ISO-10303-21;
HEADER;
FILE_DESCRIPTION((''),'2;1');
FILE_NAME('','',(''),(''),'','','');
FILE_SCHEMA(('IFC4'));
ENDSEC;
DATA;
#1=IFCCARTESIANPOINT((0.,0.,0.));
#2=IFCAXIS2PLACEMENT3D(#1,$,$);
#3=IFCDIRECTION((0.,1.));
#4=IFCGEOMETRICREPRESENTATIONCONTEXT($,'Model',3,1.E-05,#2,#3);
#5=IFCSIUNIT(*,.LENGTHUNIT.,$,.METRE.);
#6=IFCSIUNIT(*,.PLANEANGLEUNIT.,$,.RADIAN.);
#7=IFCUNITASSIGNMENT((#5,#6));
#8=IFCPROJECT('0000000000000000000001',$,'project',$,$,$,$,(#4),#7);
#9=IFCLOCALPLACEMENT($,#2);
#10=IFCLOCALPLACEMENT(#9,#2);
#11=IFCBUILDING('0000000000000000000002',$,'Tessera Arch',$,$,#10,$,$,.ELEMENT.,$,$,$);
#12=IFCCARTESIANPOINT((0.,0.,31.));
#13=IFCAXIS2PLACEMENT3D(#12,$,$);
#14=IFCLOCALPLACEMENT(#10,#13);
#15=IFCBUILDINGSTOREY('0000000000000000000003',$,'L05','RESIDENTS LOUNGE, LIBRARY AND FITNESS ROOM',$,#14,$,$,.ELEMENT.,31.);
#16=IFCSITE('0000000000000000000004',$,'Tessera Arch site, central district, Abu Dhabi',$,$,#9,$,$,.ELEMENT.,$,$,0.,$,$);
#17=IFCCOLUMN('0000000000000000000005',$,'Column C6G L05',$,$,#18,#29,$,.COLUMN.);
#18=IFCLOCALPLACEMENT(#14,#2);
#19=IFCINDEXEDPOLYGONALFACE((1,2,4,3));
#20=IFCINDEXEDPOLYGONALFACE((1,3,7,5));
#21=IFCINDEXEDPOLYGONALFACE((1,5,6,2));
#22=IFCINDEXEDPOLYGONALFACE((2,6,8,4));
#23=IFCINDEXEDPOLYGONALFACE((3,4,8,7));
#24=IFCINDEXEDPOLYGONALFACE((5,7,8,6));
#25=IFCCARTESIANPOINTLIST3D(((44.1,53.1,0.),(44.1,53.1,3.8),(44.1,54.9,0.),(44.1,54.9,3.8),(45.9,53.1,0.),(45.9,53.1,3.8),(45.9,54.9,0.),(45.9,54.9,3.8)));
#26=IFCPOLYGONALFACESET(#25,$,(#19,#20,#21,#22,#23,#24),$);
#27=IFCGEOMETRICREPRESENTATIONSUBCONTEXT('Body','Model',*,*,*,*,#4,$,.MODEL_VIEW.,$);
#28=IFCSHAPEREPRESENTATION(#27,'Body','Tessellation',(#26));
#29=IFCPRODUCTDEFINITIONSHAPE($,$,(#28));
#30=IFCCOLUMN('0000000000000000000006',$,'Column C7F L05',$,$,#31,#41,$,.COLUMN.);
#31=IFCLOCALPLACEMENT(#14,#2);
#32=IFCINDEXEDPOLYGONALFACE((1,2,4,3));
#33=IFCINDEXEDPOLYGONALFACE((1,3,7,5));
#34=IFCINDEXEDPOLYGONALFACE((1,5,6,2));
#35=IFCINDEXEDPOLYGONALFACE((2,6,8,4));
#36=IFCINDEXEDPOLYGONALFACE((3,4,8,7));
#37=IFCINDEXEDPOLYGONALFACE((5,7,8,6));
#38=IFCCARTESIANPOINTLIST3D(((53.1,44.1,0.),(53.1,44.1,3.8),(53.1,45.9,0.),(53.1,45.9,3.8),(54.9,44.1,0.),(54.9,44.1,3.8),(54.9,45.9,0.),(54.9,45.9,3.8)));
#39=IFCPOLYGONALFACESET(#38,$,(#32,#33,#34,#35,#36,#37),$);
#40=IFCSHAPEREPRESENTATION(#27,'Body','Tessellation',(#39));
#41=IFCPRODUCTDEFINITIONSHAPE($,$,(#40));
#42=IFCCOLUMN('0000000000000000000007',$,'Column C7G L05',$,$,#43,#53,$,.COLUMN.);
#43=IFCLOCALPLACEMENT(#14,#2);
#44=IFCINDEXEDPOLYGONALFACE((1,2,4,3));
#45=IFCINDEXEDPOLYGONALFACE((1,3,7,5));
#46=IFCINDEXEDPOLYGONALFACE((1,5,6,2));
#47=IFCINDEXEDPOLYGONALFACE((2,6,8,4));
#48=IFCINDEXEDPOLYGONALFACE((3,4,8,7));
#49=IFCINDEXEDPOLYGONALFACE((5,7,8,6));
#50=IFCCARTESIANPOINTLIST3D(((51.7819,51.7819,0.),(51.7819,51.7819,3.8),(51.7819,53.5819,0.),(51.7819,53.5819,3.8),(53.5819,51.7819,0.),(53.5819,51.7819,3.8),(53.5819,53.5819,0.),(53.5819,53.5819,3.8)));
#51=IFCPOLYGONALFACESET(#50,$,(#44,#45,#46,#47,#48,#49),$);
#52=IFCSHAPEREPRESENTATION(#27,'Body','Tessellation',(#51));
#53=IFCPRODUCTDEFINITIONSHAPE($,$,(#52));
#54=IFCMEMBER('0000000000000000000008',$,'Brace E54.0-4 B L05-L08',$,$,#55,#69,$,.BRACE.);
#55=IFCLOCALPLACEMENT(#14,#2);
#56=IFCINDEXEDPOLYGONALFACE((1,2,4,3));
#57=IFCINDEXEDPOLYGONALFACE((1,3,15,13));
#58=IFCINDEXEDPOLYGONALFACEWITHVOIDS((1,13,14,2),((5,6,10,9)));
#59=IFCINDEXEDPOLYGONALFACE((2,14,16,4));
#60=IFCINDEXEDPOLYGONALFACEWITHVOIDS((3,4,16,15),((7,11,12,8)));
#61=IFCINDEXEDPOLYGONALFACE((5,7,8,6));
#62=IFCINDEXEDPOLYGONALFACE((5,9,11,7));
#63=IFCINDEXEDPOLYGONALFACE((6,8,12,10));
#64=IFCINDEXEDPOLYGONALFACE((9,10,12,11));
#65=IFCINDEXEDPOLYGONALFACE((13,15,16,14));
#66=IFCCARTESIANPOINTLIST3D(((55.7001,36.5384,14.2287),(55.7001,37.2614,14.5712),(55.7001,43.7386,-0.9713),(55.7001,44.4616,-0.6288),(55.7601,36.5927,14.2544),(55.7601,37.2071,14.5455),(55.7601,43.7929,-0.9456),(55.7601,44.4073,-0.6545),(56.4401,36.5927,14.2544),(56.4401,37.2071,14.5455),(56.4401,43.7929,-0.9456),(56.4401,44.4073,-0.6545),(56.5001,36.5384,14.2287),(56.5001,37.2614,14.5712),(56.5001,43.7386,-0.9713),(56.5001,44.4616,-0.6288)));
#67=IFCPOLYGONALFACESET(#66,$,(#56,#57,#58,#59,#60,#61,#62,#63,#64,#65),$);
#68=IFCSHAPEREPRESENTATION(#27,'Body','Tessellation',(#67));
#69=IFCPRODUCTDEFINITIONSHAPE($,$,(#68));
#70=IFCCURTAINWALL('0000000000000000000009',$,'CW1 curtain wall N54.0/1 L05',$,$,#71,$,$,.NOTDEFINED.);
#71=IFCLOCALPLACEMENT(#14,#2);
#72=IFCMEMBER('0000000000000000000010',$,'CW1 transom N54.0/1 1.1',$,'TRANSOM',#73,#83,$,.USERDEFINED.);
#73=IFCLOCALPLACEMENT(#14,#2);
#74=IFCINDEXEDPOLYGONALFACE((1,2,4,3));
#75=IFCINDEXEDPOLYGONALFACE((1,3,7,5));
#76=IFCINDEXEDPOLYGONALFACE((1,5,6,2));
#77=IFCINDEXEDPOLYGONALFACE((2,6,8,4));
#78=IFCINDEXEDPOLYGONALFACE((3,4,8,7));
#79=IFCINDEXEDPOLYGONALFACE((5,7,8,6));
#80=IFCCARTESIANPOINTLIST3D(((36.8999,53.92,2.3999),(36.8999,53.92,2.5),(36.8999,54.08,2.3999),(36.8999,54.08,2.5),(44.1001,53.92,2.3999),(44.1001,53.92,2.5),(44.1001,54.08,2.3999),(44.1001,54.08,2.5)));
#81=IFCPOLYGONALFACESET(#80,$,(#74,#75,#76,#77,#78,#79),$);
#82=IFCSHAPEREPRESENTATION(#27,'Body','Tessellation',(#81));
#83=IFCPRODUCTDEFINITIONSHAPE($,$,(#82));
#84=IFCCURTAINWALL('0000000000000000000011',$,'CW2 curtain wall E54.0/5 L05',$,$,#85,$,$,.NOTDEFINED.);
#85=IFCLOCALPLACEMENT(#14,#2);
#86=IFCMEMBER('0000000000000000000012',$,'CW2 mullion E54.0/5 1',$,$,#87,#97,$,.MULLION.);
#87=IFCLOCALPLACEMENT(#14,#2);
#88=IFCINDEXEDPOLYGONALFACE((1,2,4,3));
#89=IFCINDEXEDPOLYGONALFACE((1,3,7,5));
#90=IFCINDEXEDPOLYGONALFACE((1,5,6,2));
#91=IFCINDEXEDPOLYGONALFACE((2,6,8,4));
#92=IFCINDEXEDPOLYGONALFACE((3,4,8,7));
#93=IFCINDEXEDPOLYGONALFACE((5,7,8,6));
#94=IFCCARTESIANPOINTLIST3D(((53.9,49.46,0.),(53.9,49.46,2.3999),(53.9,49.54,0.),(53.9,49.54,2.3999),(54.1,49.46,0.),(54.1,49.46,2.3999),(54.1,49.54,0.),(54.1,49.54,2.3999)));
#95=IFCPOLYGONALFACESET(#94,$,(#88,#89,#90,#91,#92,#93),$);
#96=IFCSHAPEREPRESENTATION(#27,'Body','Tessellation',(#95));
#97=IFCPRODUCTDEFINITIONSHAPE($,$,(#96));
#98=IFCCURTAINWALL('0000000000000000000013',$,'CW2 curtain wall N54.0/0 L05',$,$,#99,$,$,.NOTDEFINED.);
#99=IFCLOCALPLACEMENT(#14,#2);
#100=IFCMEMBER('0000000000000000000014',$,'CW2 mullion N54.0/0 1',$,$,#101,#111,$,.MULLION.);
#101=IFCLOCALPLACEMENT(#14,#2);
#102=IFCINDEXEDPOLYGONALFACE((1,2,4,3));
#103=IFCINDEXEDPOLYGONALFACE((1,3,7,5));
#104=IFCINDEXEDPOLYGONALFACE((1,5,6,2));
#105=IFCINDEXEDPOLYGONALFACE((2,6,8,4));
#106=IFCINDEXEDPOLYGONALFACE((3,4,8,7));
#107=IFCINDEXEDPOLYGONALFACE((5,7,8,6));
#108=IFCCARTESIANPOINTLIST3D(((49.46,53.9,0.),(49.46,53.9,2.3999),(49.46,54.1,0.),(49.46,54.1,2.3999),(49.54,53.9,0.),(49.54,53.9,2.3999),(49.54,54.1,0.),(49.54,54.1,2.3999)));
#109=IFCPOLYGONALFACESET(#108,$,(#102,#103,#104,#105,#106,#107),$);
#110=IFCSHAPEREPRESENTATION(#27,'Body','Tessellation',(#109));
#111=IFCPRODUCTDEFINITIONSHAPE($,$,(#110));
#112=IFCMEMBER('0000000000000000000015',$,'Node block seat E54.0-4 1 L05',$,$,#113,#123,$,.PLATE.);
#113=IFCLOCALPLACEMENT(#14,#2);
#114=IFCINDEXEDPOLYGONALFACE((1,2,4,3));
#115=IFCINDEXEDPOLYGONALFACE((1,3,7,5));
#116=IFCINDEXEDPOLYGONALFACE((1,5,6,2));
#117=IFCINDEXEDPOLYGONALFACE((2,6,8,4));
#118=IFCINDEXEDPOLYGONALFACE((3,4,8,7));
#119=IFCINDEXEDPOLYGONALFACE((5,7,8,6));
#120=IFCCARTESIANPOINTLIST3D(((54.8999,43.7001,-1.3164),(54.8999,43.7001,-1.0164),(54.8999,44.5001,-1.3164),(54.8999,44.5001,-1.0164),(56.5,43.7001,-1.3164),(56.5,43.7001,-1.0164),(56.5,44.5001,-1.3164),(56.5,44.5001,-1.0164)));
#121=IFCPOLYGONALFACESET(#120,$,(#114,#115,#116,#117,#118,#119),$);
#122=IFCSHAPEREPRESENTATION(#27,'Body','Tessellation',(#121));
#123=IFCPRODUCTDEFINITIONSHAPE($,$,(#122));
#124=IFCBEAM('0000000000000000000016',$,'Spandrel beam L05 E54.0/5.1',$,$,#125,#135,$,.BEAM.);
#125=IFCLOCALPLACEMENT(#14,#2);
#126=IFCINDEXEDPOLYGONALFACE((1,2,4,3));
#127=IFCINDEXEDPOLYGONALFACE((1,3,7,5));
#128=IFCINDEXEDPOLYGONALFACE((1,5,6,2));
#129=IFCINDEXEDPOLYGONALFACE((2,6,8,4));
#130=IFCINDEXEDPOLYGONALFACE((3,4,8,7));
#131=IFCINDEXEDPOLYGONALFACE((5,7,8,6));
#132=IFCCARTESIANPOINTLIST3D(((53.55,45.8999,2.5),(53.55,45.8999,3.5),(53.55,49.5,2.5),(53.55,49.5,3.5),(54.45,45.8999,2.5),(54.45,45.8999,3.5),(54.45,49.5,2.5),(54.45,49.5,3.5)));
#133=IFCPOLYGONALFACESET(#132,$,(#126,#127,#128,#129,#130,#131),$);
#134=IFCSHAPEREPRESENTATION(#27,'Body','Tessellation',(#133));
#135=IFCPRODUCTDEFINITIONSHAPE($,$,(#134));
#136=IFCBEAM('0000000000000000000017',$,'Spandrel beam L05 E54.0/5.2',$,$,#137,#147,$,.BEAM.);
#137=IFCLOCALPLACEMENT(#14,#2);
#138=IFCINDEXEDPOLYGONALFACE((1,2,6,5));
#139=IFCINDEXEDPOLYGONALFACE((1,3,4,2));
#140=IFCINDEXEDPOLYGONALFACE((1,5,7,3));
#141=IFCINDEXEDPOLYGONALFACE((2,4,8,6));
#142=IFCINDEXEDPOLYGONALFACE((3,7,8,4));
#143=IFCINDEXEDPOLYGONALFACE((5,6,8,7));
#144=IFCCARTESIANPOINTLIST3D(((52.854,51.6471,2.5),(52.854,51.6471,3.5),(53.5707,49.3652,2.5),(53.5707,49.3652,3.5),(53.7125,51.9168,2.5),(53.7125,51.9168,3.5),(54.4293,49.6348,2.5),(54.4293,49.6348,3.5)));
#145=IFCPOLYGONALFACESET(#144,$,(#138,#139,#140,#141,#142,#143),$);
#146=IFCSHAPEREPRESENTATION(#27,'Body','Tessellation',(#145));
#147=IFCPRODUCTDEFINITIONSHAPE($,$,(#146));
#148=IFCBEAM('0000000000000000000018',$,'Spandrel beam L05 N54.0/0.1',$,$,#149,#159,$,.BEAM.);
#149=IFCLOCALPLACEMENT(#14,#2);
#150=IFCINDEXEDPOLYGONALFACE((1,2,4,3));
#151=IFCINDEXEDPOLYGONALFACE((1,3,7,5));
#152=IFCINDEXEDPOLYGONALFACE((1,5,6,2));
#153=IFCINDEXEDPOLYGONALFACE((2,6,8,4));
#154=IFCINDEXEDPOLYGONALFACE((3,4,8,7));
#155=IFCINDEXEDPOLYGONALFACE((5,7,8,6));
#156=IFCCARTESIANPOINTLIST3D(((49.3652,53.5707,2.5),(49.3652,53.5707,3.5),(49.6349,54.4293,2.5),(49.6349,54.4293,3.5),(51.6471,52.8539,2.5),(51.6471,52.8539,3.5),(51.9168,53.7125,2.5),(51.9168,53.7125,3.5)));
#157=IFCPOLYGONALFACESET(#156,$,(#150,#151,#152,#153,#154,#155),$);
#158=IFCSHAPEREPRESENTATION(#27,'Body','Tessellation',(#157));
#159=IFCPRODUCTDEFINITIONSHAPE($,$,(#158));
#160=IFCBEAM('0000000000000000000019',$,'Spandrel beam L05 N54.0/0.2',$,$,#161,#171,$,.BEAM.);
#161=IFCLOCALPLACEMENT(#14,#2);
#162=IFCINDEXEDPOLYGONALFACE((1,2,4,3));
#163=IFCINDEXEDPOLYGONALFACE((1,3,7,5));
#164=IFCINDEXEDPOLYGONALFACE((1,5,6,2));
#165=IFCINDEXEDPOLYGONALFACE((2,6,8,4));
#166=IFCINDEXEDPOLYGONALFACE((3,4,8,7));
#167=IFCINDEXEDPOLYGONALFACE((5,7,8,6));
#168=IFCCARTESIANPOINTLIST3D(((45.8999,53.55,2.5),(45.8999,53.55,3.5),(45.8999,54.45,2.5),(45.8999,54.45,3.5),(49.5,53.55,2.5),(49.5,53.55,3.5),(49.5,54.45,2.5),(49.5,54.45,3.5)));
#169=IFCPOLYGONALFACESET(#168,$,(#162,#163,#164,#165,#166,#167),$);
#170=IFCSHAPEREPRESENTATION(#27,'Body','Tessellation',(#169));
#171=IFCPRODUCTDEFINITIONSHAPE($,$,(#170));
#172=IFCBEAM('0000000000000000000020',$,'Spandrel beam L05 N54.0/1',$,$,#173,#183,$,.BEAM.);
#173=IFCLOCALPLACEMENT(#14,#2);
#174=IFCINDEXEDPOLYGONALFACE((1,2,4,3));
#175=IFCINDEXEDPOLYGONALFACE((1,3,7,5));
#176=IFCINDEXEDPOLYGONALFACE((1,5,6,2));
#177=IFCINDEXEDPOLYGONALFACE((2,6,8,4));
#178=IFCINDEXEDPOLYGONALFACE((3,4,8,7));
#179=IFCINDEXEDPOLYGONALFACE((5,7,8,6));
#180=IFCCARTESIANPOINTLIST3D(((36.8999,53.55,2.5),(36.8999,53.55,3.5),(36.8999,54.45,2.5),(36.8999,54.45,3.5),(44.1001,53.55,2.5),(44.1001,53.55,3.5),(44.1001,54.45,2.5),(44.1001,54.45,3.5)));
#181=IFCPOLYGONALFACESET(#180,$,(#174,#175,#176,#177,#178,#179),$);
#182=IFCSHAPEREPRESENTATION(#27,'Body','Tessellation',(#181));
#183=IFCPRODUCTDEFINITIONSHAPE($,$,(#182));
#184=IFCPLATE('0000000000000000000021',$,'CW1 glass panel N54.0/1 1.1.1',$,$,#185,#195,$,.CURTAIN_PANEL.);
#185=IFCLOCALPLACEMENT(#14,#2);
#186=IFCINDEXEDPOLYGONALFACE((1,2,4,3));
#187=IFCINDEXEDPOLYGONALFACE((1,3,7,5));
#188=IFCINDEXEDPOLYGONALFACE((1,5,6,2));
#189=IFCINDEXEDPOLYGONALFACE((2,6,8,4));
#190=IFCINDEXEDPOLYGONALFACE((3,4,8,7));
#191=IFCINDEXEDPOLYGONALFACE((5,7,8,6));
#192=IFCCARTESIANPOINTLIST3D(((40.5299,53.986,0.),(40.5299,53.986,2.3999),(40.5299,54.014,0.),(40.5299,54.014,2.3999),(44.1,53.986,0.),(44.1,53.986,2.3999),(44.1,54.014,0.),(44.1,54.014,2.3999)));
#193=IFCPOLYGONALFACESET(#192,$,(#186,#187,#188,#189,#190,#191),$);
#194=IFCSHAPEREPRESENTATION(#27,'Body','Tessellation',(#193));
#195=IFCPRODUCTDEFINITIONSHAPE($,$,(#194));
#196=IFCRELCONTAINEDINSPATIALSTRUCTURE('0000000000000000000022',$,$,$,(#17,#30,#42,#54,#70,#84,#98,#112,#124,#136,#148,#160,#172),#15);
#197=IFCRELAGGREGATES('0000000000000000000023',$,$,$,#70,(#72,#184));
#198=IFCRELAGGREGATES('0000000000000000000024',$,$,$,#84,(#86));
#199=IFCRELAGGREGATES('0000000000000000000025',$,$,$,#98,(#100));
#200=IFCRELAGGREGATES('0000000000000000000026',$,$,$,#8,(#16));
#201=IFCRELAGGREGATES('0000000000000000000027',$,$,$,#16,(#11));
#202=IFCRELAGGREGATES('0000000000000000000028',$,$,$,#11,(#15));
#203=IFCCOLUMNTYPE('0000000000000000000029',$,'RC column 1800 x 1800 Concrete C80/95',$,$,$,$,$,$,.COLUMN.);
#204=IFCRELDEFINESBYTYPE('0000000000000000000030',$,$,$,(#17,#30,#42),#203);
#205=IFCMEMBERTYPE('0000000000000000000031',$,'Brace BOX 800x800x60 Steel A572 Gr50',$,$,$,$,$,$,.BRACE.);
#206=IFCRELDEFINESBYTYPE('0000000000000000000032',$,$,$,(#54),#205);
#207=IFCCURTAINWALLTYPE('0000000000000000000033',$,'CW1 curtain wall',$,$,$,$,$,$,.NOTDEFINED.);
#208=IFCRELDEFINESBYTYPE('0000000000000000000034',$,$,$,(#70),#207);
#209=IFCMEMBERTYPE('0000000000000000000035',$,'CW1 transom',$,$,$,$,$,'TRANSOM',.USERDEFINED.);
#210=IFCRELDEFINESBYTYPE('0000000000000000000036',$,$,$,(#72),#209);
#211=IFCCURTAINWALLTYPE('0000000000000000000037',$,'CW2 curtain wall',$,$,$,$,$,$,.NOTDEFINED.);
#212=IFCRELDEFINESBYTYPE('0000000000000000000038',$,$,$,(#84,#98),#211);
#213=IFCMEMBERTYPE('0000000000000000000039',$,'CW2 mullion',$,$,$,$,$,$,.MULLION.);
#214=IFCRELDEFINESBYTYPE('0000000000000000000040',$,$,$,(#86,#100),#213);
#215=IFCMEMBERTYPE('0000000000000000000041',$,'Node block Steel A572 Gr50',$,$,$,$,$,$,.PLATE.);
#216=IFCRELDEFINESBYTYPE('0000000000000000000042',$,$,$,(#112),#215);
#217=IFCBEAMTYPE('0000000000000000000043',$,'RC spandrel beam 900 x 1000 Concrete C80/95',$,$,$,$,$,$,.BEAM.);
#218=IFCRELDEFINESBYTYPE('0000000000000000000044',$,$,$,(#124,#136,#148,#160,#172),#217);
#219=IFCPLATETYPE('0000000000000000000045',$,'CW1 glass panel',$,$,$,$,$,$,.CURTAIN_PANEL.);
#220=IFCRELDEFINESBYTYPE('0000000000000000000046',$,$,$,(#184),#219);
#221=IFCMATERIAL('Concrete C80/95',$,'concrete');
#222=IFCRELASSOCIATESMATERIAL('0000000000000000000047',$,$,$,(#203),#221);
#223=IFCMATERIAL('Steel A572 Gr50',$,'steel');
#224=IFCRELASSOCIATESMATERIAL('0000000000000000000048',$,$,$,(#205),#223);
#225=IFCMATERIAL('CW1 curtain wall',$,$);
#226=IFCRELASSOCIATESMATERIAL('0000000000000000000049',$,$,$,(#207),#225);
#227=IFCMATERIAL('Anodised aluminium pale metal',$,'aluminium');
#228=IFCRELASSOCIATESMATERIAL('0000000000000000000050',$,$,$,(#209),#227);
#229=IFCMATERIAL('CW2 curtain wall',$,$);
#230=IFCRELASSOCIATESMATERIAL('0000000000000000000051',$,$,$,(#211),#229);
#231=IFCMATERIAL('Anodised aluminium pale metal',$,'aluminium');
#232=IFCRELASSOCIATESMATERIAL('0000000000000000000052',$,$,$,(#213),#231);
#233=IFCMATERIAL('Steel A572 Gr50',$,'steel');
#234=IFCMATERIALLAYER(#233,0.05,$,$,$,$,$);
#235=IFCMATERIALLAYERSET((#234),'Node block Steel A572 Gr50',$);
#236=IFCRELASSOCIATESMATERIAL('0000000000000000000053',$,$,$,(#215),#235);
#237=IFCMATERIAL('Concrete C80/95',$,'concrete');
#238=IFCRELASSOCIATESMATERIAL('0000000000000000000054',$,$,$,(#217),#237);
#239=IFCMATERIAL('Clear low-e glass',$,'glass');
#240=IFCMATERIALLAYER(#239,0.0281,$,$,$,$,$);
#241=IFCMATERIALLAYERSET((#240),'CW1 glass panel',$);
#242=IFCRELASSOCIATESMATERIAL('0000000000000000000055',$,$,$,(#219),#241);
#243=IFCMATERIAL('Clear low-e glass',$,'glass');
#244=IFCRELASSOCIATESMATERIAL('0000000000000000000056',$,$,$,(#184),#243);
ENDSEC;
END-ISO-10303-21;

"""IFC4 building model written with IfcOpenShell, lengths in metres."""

from ifc_helpers import new_model, si_unit, direction, frame, origin, origin_2d, place, context, subcontext, project, spatial, rectangle, hollow_rectangle, extrude, material, layer, layer_set, material_profile, profile_set, type_object, element, aggregate, save


model = new_model("IFC4")

# Units and contexts
model_context = context("Model", 3, precision=1e-05, world=origin(), true_north=direction((0.0, 1.0)))
body_context = subcontext(model_context, "Body", "Model", "MODEL_VIEW")
ifc_project = project(units=[si_unit("LENGTHUNIT", "METRE"), si_unit("PLANEANGLEUNIT", "RADIAN")], contexts=[model_context])

# Site, building, storey
site_placement = place(None, origin())
site = spatial("IfcSite", under=ifc_project, at=site_placement, Name="Tessera Arch site, central district, Abu Dhabi", CompositionType="ELEMENT", RefElevation=0.0)
building_placement = place(site_placement, origin())
building = spatial("IfcBuilding", under=site, at=building_placement, Name="Tessera Arch", CompositionType="ELEMENT")
storey_placement = place(building_placement, frame((0.0, 0.0, 31.0)))
storey = spatial("IfcBuildingStorey", under=building, at=storey_placement, Name="L05", Description="RESIDENTS LOUNGE, LIBRARY AND FITNESS ROOM", CompositionType="ELEMENT", Elevation=31.0)

# Columns
ifc_material_1 = material(Name="Concrete C80/95", Category="concrete")
ifc_material_profile_1 = material_profile(ifc_material_1, rectangle(XDim=1.8, YDim=1.8, at=origin_2d()), Name="RC column 1800 x 1800 Concrete C80/95")
ifc_profile_set_1 = profile_set([ifc_material_profile_1], Name="Concrete C80/95")
column_type = type_object("IfcColumnType", Name="RC column 1800 x 1800 Concrete C80/95", PredefinedType="COLUMN", material=ifc_profile_set_1)
for number, where, z_axis, x_axis, name in (
    (1, (45.0, 54.0, 0.0), (0.0, 0.0, 1.0), (1.0, 0.0, 0.0), "Column C6G L05"),
    (2, (54.0, 45.0, 0.0), (0.0, 0.0, 1.0), (1.0, 0.0, 0.0), "Column C7F L05"),
    (3, (52.6819, 52.6819, 0.0), (0.0, 0.0, 1.0), (1.0, 0.0, 0.0), "Column C7G L05"),
):
    element("IfcColumn", number, at=place(storey_placement, frame(where, z_axis=z_axis, x_axis=x_axis)), inside=storey, type_object=column_type, Name=name, PredefinedType="COLUMN", context=body_context, shape_type="SweptSolid", body=[
        extrude(rectangle(XDim=1.8, YDim=1.8, at=origin_2d()), origin(), (0.0, 0.0, 1.0), 3.8),
    ])

# Member
ifc_material_2 = material(Name="Steel A572 Gr50", Category="steel")
ifc_material_profile_2 = material_profile(ifc_material_2, hollow_rectangle(XDim=0.8, YDim=0.8, WallThickness=0.0601, at=origin_2d()), Name="BOX 800x800x60")
ifc_profile_set_2 = profile_set([ifc_material_profile_2], Name="Steel A572 Gr50")
member_type_1 = type_object("IfcMemberType", Name="Brace BOX 800x800x60 Steel A572 Gr50", PredefinedType="BRACE", material=ifc_profile_set_2)
member_1_placement = place(storey_placement, frame((56.1001, 44.1001, -0.8), z_axis=(0.0, -0.428097, 0.903733), x_axis=(1.0, 0.0, 0.0)))
element("IfcMember", 4, at=member_1_placement, inside=storey, type_object=member_type_1, Name="Brace E54.0-4 B L05-L08", PredefinedType="BRACE", context=body_context, shape_type="SweptSolid", body=[
    extrude(hollow_rectangle(XDim=0.8, YDim=0.8, WallThickness=0.0601, at=origin_2d()), origin(), (0.0, 0.0, 1.0), 16.8191),
])

# Curtain walls, members
ifc_material_3 = material(Name="CW1 curtain wall")
curtain_wall_type_1 = type_object("IfcCurtainWallType", Name="CW1 curtain wall", PredefinedType="NOTDEFINED", material=ifc_material_3)
curtain_wall_1_placement = place(storey_placement, origin())
curtain_wall_1 = element("IfcCurtainWall", 5, at=curtain_wall_1_placement, inside=storey, type_object=curtain_wall_type_1, Name="CW1 curtain wall N54.0/1 L05", PredefinedType="NOTDEFINED")
ifc_material_4 = material(Name="Anodised aluminium pale metal", Category="aluminium")
ifc_material_profile_3 = material_profile(ifc_material_4, rectangle(XDim=0.1599, YDim=0.1001, at=origin_2d()), Name="AL 160x100")
ifc_profile_set_3 = profile_set([ifc_material_profile_3], Name="Anodised aluminium pale metal")
member_type_2 = type_object("IfcMemberType", Name="CW1 transom", ElementType="TRANSOM", PredefinedType="USERDEFINED", material=ifc_profile_set_3)
member_2_placement = place(storey_placement, frame((44.1001, 54.0, 2.45), z_axis=(-1.0, 0.0, 0.0), x_axis=(0.0, -1.0, 0.0)))
member_2 = element("IfcMember", 6, at=member_2_placement, type_object=member_type_2, Name="CW1 transom N54.0/1 1.1", ObjectType="TRANSOM", PredefinedType="USERDEFINED", context=body_context, shape_type="SweptSolid", body=[
    extrude(rectangle(XDim=0.1599, YDim=0.1001, at=origin_2d()), origin(), (0.0, 0.0, 1.0), 7.2002),
])
ifc_material_5 = material(Name="CW2 curtain wall")
curtain_wall_type_2 = type_object("IfcCurtainWallType", Name="CW2 curtain wall", PredefinedType="NOTDEFINED", material=ifc_material_5)
curtain_wall_2_placement = place(storey_placement, origin())
curtain_wall_2 = element("IfcCurtainWall", 7, at=curtain_wall_2_placement, inside=storey, type_object=curtain_wall_type_2, Name="CW2 curtain wall E54.0/5 L05", PredefinedType="NOTDEFINED")
ifc_material_6 = material(Name="Anodised aluminium pale metal", Category="aluminium")
ifc_material_profile_4 = material_profile(ifc_material_6, rectangle(XDim=0.2, YDim=0.0801, at=origin_2d()), Name="AL 80x200")
ifc_profile_set_4 = profile_set([ifc_material_profile_4], Name="Anodised aluminium pale metal")
member_type_3 = type_object("IfcMemberType", Name="CW2 mullion", PredefinedType="MULLION", material=ifc_profile_set_4)
member_3_placement = place(storey_placement, frame((54.0, 49.5, 0.0), z_axis=(0.0, 0.0, 1.0), x_axis=(-1.0, 0.0, 0.0)))
member_3 = element("IfcMember", 8, at=member_3_placement, type_object=member_type_3, Name="CW2 mullion E54.0/5 1", PredefinedType="MULLION", context=body_context, shape_type="SweptSolid", body=[
    extrude(rectangle(XDim=0.2, YDim=0.0801, at=origin_2d()), origin(), (0.0, 0.0, 1.0), 2.3999),
])
curtain_wall_3_placement = place(storey_placement, origin())
curtain_wall_3 = element("IfcCurtainWall", 9, at=curtain_wall_3_placement, inside=storey, type_object=curtain_wall_type_2, Name="CW2 curtain wall N54.0/0 L05", PredefinedType="NOTDEFINED")
member_4_placement = place(storey_placement, frame((49.5, 54.0, 0.0), z_axis=(0.0, 0.0, 1.0), x_axis=(0.0, -1.0, 0.0)))
member_4 = element("IfcMember", 10, at=member_4_placement, type_object=member_type_3, Name="CW2 mullion N54.0/0 1", PredefinedType="MULLION", context=body_context, shape_type="SweptSolid", body=[
    extrude(rectangle(XDim=0.2, YDim=0.0801, at=origin_2d()), origin(), (0.0, 0.0, 1.0), 2.3999),
])

# Member
ifc_material_7 = material(Name="Steel A572 Gr50", Category="steel")
ifc_layer_1 = layer(ifc_material_7, 0.05)
ifc_layer_set_1 = layer_set([ifc_layer_1], Name="Node block Steel A572 Gr50")
member_type_4 = type_object("IfcMemberType", Name="Node block Steel A572 Gr50", PredefinedType="PLATE", material=ifc_layer_set_1)
member_5_placement = place(storey_placement, frame((55.7, 44.1001, -1.3164), z_axis=(0.0, 0.0, 1.0), x_axis=(0.0, 1.0, 0.0)))
element("IfcMember", 11, at=member_5_placement, inside=storey, type_object=member_type_4, Name="Node block seat E54.0-4 1 L05", PredefinedType="PLATE", context=body_context, shape_type="SweptSolid", body=[
    extrude(rectangle(XDim=0.8, YDim=1.6001, at=origin_2d()), origin(), (0.0, 0.0, 1.0), 0.3),
])

# Beams
ifc_material_8 = material(Name="Concrete C80/95", Category="concrete")
ifc_material_profile_5 = material_profile(ifc_material_8, rectangle(XDim=0.8999, YDim=1.0, at=origin_2d()), Name="RC spandrel beam 900 x 1000 Concrete C80/95")
ifc_profile_set_5 = profile_set([ifc_material_profile_5], Name="Concrete C80/95")
beam_type = type_object("IfcBeamType", Name="RC spandrel beam 900 x 1000 Concrete C80/95", PredefinedType="BEAM", material=ifc_profile_set_5)
beam_1_placement = place(storey_placement, frame((54.0, 45.8999, 3.0), z_axis=(0.0, 1.0, 0.0), x_axis=(-1.0, 0.0, 0.0)))
element("IfcBeam", 12, at=beam_1_placement, inside=storey, type_object=beam_type, Name="Spandrel beam L05 E54.0/5.1", PredefinedType="BEAM", context=body_context, shape_type="SweptSolid", body=[
    extrude(rectangle(XDim=0.8999, YDim=1.0, at=origin_2d()), origin(), (0.0, 0.0, 1.0), 3.6001),
])
for number, where, z_axis, x_axis, name in (
    (13, (54.0, 49.5, 3.0), (-0.299675, 0.954041, 0.0), (-0.954041, -0.299675, 0.0), "Spandrel beam L05 E54.0/5.2"),
    (14, (51.782, 53.2832, 3.0), (-0.954041, 0.299675, 0.0), (-0.299675, -0.954041, 0.0), "Spandrel beam L05 N54.0/0.1"),
):
    element("IfcBeam", number, at=place(storey_placement, frame(where, z_axis=z_axis, x_axis=x_axis)), inside=storey, type_object=beam_type, Name=name, PredefinedType="BEAM", context=body_context, shape_type="SweptSolid", body=[
        extrude(rectangle(XDim=0.8999, YDim=1.0, at=origin_2d()), origin(), (0.0, 0.0, 1.0), 2.3918),
    ])
beam_2_placement = place(storey_placement, frame((49.5, 54.0, 3.0), z_axis=(-1.0, 0.0, 0.0), x_axis=(0.0, -1.0, 0.0)))
element("IfcBeam", 15, at=beam_2_placement, inside=storey, type_object=beam_type, Name="Spandrel beam L05 N54.0/0.2", PredefinedType="BEAM", context=body_context, shape_type="SweptSolid", body=[
    extrude(rectangle(XDim=0.8999, YDim=1.0, at=origin_2d()), origin(), (0.0, 0.0, 1.0), 3.6001),
])
beam_3_placement = place(storey_placement, frame((44.1001, 54.0, 3.0), z_axis=(-1.0, 0.0, 0.0), x_axis=(0.0, -1.0, 0.0)))
element("IfcBeam", 16, at=beam_3_placement, inside=storey, type_object=beam_type, Name="Spandrel beam L05 N54.0/1", PredefinedType="BEAM", context=body_context, shape_type="SweptSolid", body=[
    extrude(rectangle(XDim=0.8999, YDim=1.0, at=origin_2d()), origin(), (0.0, 0.0, 1.0), 7.2002),
])

# Plate
ifc_material_9 = material(Name="Clear low-e glass", Category="glass")
ifc_material_10 = material(Name="Clear low-e glass", Category="glass")
ifc_layer_2 = layer(ifc_material_10, 0.0281)
ifc_layer_set_2 = layer_set([ifc_layer_2], Name="CW1 glass panel")
plate_type_1 = type_object("IfcPlateType", Name="CW1 glass panel", PredefinedType="CURTAIN_PANEL", material=ifc_layer_set_2)
plate_1_placement = place(storey_placement, frame((42.3149, 54.0, 0.0), z_axis=(0.0, 0.0, 1.0), x_axis=(-1.0, 0.0, 0.0)))
plate_1 = element("IfcPlate", 17, at=plate_1_placement, type_object=plate_type_1, material=ifc_material_9, Name="CW1 glass panel N54.0/1 1.1.1", PredefinedType="CURTAIN_PANEL", context=body_context, shape_type="SweptSolid", body=[
    extrude(rectangle(XDim=3.5701, YDim=0.0281, at=origin_2d()), origin(), (0.0, 0.0, 1.0), 2.3999),
])
aggregate(curtain_wall_1, [member_2, plate_1])
aggregate(curtain_wall_2, [member_3])
aggregate(curtain_wall_3, [member_4])

save(model, "model.ifc")
